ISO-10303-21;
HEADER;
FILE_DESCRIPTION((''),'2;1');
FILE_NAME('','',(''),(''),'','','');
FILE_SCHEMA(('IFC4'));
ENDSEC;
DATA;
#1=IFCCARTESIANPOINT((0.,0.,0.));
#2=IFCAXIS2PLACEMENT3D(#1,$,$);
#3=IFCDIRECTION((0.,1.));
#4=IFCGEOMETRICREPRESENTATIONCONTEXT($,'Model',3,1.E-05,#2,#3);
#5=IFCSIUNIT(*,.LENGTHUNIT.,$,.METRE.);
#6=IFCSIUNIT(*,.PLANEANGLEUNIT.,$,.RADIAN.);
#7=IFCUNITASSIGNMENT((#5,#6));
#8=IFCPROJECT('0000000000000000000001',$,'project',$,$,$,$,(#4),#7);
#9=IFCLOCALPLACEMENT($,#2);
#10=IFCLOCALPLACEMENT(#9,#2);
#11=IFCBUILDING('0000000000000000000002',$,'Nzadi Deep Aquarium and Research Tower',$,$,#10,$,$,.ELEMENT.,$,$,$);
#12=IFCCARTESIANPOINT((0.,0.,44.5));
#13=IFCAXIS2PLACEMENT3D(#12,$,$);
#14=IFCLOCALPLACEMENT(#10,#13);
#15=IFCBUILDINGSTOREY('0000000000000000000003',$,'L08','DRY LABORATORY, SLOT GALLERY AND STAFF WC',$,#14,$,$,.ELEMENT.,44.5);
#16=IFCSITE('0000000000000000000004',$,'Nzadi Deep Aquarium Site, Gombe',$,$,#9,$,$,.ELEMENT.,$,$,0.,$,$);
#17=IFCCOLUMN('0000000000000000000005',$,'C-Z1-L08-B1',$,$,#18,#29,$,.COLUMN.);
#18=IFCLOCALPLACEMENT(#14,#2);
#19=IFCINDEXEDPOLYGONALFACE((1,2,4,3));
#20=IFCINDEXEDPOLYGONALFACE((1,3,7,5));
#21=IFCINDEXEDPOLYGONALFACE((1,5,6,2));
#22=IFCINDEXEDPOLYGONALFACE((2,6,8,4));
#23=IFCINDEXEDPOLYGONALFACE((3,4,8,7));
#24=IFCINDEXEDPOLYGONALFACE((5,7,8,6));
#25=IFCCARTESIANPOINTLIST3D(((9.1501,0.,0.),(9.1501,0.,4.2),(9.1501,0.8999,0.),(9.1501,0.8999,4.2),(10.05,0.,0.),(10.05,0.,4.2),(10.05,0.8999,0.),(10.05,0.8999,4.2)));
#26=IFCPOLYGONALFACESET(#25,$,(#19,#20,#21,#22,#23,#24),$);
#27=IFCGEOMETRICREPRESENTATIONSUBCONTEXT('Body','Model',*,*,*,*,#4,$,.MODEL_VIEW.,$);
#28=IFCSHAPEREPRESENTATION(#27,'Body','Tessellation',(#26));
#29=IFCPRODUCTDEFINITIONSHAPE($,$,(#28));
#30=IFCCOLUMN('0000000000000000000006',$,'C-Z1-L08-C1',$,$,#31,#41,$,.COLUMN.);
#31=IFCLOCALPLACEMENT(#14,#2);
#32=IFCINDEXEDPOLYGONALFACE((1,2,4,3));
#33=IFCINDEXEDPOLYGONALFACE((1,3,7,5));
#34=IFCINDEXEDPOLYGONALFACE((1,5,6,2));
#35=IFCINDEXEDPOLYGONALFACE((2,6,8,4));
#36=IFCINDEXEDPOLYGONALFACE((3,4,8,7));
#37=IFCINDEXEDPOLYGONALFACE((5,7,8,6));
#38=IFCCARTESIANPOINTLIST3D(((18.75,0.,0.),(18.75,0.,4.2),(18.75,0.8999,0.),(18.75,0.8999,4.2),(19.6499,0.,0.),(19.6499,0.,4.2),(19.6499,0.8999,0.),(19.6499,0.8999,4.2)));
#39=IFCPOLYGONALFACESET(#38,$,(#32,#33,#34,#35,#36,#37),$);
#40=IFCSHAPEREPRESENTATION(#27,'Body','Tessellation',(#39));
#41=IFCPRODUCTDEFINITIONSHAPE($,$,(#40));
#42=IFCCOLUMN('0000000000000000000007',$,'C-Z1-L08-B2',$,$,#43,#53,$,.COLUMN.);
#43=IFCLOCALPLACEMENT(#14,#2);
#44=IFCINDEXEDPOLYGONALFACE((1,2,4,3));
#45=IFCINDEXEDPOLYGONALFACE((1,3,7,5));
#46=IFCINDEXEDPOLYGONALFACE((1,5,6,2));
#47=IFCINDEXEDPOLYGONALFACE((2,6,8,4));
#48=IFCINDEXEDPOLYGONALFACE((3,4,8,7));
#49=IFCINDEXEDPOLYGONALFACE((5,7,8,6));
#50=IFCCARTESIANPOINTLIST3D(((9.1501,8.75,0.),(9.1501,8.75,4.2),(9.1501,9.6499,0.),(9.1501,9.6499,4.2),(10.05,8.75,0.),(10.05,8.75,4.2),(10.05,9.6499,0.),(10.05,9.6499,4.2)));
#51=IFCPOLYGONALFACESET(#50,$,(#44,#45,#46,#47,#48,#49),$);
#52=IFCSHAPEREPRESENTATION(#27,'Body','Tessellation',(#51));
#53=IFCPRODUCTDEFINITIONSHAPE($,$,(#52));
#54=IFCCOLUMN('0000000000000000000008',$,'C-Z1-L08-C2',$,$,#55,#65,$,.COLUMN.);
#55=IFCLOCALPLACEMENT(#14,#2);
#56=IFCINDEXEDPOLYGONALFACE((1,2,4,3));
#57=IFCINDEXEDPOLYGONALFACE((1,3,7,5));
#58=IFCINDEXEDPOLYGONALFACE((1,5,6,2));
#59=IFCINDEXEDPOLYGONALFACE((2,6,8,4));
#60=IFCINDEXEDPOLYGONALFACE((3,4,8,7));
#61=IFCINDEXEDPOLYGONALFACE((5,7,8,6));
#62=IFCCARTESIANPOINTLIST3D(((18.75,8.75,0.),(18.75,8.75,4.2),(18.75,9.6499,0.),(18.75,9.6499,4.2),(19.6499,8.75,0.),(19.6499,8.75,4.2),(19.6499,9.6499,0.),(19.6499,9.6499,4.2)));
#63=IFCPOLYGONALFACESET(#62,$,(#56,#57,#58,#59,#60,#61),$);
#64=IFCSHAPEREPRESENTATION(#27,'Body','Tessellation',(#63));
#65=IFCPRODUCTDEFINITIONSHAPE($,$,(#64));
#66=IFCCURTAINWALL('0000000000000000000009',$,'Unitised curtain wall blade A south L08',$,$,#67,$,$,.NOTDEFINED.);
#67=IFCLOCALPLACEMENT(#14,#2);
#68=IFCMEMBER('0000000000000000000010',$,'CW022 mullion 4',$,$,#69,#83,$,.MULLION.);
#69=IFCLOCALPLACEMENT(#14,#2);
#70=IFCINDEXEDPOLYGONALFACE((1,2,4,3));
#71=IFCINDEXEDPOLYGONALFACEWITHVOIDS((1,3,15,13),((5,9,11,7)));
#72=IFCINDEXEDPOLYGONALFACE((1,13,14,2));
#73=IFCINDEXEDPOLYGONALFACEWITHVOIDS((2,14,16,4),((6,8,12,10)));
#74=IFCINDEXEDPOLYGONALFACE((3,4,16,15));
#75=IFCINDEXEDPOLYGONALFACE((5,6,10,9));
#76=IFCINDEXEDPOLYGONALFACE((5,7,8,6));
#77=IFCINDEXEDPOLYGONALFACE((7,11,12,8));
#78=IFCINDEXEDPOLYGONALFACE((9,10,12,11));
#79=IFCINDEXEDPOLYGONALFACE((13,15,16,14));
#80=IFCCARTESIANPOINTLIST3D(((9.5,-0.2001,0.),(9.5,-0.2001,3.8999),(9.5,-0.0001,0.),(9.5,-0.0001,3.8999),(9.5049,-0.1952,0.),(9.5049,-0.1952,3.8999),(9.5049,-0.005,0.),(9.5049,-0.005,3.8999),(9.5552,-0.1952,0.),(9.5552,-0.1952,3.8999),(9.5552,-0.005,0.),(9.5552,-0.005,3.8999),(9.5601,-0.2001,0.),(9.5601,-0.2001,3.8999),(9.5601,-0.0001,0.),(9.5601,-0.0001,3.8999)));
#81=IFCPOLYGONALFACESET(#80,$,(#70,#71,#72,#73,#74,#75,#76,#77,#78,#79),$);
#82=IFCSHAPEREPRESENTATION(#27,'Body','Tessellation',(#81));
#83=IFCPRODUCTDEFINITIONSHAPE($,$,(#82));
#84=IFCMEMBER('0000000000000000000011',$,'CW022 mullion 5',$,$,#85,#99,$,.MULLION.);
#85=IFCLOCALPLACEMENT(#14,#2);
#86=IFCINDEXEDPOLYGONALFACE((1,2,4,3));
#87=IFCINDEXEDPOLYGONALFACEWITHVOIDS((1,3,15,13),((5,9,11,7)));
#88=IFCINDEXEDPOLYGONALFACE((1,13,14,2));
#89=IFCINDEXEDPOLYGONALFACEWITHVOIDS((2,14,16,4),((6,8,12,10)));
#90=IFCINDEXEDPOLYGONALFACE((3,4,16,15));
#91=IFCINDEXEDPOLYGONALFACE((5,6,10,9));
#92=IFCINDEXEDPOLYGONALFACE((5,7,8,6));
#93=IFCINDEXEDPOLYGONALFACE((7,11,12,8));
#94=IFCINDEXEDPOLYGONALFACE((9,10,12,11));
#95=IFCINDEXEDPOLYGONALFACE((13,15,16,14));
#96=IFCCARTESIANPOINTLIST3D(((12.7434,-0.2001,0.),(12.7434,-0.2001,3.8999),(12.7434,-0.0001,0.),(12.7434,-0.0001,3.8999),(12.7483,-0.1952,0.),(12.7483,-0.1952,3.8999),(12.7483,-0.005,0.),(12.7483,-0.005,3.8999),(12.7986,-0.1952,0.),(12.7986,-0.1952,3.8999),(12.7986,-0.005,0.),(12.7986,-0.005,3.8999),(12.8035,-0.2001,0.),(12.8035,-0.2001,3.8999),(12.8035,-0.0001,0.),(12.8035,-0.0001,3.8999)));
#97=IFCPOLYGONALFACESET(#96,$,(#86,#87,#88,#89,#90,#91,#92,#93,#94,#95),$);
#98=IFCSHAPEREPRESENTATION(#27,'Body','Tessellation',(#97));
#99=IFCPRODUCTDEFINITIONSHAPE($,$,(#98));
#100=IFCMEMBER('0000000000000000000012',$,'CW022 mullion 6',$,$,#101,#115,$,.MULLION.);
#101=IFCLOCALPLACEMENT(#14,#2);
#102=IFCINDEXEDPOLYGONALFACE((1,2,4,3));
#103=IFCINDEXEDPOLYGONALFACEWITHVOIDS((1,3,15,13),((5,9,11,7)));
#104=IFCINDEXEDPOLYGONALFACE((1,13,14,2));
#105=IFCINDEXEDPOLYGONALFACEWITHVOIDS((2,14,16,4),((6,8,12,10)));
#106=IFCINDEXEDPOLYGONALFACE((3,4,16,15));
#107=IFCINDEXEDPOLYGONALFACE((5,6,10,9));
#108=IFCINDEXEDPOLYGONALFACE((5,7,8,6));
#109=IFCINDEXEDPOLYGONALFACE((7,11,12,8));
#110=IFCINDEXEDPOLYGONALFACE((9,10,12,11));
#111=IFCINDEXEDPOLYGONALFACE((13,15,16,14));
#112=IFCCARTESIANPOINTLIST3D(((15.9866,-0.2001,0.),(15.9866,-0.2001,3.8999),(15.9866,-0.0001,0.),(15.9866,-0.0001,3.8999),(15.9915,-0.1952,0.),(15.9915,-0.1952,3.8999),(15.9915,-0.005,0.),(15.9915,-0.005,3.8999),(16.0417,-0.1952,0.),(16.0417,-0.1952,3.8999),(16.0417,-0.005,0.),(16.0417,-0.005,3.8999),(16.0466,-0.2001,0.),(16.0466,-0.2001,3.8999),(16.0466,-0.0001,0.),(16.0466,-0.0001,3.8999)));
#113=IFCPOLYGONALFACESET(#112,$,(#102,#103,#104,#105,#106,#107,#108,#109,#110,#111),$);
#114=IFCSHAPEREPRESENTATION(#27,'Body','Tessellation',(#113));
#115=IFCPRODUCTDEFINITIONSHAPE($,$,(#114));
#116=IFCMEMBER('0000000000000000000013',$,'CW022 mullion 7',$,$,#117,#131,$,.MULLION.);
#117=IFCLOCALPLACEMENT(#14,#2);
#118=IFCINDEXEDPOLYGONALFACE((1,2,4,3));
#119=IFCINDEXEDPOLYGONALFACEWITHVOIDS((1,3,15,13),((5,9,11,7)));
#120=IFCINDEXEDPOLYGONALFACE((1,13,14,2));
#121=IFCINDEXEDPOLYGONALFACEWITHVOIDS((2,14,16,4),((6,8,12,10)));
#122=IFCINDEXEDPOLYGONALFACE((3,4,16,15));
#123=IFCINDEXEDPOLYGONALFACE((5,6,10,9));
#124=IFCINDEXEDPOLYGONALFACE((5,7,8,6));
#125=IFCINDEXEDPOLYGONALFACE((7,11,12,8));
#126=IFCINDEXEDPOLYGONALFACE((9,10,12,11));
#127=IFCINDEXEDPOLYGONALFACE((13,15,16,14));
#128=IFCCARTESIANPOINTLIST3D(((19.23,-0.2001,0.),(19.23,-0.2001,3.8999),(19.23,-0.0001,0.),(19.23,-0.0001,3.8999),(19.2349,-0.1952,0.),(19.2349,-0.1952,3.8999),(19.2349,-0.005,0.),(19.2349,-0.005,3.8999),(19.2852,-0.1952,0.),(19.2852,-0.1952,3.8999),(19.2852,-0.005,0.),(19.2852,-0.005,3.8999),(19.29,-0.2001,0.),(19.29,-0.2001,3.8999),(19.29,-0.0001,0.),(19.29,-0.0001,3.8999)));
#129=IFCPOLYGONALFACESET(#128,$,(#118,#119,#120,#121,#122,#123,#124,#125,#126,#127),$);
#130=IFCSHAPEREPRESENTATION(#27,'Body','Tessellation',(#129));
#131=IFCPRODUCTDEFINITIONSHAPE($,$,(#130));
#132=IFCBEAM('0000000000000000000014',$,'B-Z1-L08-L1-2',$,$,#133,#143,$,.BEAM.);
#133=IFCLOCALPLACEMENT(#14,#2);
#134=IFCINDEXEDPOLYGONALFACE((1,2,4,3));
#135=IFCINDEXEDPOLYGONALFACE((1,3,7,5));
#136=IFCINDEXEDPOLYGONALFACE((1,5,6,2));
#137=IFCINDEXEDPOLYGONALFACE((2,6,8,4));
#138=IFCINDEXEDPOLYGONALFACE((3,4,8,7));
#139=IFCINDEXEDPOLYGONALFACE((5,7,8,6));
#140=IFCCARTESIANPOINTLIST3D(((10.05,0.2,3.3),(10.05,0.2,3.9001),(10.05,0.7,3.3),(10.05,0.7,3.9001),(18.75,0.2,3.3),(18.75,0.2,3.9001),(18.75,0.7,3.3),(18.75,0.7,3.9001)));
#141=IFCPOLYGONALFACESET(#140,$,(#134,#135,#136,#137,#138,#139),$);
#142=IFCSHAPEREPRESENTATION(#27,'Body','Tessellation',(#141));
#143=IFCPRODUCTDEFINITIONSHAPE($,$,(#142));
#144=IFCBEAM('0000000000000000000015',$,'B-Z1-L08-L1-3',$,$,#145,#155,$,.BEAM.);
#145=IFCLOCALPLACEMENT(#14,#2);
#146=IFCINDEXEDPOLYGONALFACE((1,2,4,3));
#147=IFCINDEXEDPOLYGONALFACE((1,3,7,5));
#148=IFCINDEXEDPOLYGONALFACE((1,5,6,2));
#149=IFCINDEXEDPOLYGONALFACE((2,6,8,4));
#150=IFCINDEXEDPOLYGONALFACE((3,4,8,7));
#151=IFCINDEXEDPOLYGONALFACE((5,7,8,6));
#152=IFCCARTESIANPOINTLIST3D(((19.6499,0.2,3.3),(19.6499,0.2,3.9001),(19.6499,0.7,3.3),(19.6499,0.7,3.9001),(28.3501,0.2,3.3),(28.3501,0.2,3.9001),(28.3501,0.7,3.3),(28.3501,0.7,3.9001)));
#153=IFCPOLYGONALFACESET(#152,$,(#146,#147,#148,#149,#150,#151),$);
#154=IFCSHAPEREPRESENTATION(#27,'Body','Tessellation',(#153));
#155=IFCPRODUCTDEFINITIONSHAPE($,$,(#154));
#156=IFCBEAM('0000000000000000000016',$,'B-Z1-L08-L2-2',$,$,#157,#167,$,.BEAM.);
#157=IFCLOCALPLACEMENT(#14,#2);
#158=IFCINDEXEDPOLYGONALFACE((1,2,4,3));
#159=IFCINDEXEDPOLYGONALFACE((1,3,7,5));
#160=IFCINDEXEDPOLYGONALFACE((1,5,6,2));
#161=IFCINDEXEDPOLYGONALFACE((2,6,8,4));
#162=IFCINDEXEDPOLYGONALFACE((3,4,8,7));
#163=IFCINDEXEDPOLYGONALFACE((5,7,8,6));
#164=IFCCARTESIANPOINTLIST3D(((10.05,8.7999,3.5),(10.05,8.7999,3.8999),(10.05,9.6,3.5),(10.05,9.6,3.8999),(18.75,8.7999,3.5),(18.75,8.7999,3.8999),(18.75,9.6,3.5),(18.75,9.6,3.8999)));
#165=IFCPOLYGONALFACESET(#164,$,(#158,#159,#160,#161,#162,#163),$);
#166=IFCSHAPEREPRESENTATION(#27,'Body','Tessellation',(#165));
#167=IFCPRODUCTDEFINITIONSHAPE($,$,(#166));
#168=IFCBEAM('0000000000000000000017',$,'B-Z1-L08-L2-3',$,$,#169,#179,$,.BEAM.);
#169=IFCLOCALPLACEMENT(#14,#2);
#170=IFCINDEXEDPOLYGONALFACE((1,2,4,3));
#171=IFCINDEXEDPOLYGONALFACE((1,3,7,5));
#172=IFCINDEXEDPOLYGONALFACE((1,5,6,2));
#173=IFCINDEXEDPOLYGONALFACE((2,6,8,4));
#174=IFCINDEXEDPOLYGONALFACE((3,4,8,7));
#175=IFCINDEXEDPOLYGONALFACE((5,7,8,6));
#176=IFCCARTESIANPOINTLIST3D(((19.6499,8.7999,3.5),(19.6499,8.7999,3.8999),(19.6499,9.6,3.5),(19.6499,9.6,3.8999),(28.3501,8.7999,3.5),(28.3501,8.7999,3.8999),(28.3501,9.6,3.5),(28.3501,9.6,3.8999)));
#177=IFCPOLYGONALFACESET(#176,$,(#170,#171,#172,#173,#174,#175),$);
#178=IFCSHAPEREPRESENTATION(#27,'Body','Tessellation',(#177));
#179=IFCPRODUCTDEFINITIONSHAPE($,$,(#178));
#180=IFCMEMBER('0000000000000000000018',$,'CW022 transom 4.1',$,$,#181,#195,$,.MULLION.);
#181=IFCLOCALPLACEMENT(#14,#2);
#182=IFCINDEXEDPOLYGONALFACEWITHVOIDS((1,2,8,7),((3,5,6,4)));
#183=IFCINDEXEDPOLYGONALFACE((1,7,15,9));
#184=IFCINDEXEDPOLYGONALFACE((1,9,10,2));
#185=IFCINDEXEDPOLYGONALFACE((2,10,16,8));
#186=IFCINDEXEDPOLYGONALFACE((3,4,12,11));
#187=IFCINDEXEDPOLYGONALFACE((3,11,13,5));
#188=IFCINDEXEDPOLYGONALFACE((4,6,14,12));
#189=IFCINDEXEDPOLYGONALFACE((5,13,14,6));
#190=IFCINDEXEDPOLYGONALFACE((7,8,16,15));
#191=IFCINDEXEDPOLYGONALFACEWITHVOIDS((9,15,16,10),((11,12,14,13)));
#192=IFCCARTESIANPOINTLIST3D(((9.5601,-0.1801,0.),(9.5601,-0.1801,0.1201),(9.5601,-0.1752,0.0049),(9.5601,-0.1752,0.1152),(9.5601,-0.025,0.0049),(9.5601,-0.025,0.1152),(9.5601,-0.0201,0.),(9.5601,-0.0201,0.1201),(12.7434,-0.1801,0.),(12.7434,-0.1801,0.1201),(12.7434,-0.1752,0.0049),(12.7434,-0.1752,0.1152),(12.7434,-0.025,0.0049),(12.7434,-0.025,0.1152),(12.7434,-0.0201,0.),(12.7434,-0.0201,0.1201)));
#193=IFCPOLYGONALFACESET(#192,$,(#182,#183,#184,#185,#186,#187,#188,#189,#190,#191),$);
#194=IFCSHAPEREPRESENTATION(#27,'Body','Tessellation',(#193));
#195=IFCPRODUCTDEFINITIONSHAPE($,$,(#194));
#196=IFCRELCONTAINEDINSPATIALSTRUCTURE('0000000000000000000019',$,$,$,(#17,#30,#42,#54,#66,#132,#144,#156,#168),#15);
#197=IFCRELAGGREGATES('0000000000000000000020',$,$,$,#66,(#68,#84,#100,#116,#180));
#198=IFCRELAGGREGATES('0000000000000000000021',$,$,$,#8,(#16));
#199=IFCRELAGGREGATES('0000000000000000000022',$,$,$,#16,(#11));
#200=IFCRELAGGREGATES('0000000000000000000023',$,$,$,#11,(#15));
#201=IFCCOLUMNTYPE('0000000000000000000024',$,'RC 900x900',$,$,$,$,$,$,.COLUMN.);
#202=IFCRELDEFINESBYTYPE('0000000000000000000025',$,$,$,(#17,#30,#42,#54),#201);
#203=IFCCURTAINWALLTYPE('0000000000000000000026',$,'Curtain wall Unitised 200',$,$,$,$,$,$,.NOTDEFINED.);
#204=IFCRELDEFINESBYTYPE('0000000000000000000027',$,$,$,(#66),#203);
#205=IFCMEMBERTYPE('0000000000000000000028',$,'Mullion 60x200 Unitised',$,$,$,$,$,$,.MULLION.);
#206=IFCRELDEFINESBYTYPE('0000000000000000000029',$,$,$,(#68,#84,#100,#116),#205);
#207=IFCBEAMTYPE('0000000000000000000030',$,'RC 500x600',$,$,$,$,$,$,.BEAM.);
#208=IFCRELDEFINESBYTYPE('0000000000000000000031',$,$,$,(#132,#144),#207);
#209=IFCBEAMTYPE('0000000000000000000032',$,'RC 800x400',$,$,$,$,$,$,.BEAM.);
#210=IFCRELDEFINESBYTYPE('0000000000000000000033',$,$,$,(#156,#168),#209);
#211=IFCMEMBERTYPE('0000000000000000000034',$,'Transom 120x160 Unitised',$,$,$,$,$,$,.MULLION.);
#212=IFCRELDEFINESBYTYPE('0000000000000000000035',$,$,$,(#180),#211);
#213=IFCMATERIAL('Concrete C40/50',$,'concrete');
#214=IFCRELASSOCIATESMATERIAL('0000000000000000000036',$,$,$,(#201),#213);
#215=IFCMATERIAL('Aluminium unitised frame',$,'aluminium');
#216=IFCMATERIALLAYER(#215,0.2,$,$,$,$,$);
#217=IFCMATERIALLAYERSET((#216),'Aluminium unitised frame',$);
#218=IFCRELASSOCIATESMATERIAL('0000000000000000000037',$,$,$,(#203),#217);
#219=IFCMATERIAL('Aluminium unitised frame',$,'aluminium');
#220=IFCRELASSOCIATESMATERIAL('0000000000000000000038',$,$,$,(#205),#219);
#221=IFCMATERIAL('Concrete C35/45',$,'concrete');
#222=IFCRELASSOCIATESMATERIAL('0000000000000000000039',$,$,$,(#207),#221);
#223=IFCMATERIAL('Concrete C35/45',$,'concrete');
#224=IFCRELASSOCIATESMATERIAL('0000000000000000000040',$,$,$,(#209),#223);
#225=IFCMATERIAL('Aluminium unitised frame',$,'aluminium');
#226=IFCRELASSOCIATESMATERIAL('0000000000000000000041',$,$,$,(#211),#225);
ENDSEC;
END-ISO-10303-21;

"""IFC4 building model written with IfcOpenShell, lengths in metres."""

from ifc_helpers import new_model, si_unit, direction, frame, origin, origin_2d, place, context, subcontext, project, spatial, rectangle, hollow_rectangle, extrude, material, layer, layer_set, material_profile, profile_set, type_object, element, aggregate, save


model = new_model("IFC4")

# Units and contexts
model_context = context("Model", 3, precision=1e-05, world=origin(), true_north=direction((0.0, 1.0)))
body_context = subcontext(model_context, "Body", "Model", "MODEL_VIEW")
ifc_project = project(units=[si_unit("LENGTHUNIT", "METRE"), si_unit("PLANEANGLEUNIT", "RADIAN")], contexts=[model_context])

# Site, building, storey
site_placement = place(None, origin())
site = spatial("IfcSite", under=ifc_project, at=site_placement, Name="Nzadi Deep Aquarium Site, Gombe", CompositionType="ELEMENT", RefElevation=0.0)
building_placement = place(site_placement, origin())
building = spatial("IfcBuilding", under=site, at=building_placement, Name="Nzadi Deep Aquarium and Research Tower", CompositionType="ELEMENT")
storey_placement = place(building_placement, frame((0.0, 0.0, 44.5)))
storey = spatial("IfcBuildingStorey", under=building, at=storey_placement, Name="L08", Description="DRY LABORATORY, SLOT GALLERY AND STAFF WC", CompositionType="ELEMENT", Elevation=44.5)

# Columns
ifc_material_1 = material(Name="Concrete C40/50", Category="concrete")
ifc_material_profile_1 = material_profile(ifc_material_1, rectangle(XDim=0.8999, YDim=0.8999, at=origin_2d()))
ifc_profile_set_1 = profile_set([ifc_material_profile_1], Name="Concrete C40/50")
column_type = type_object("IfcColumnType", Name="RC 900x900", PredefinedType="COLUMN", material=ifc_profile_set_1)
for number, where, z_axis, x_axis, name in (
    (1, (9.6001, 0.45, 0.0), (0.0, 0.0, 1.0), (1.0, 0.0, 0.0), "C-Z1-L08-B1"),
    (2, (19.2, 0.45, 0.0), (0.0, 0.0, 1.0), (1.0, 0.0, 0.0), "C-Z1-L08-C1"),
    (3, (9.6001, 9.2, 0.0), (0.0, 0.0, 1.0), (1.0, 0.0, 0.0), "C-Z1-L08-B2"),
    (4, (19.2, 9.2, 0.0), (0.0, 0.0, 1.0), (1.0, 0.0, 0.0), "C-Z1-L08-C2"),
):
    element("IfcColumn", number, at=place(storey_placement, frame(where, z_axis=z_axis, x_axis=x_axis)), inside=storey, type_object=column_type, Name=name, PredefinedType="COLUMN", context=body_context, shape_type="SweptSolid", body=[
        extrude(rectangle(XDim=0.8999, YDim=0.8999, at=origin_2d()), origin(), (0.0, 0.0, 1.0), 4.2),
    ])

# Curtain wall, members
ifc_material_2 = material(Name="Aluminium unitised frame", Category="aluminium")
ifc_layer_1 = layer(ifc_material_2, 0.2)
ifc_layer_set_1 = layer_set([ifc_layer_1], Name="Aluminium unitised frame")
curtain_wall_type = type_object("IfcCurtainWallType", Name="Curtain wall Unitised 200", PredefinedType="NOTDEFINED", material=ifc_layer_set_1)
curtain_wall_placement = place(storey_placement, origin())
curtain_wall = element("IfcCurtainWall", 5, at=curtain_wall_placement, inside=storey, type_object=curtain_wall_type, Name="Unitised curtain wall blade A south L08", PredefinedType="NOTDEFINED")
ifc_material_3 = material(Name="Aluminium unitised frame", Category="aluminium")
ifc_material_profile_2 = material_profile(ifc_material_3, hollow_rectangle(XDim=0.2, YDim=0.0601, WallThickness=0.0049, at=origin_2d()))
ifc_profile_set_2 = profile_set([ifc_material_profile_2], Name="Aluminium unitised frame")
member_type_1 = type_object("IfcMemberType", Name="Mullion 60x200 Unitised", PredefinedType="MULLION", material=ifc_profile_set_2)
member_1_placement = place(storey_placement, frame((9.53, -0.1001, 0.0), z_axis=(0.0, 0.0, 1.0), x_axis=(0.0, 1.0, 0.0)))
member_1 = element("IfcMember", 6, at=member_1_placement, type_object=member_type_1, Name="CW022 mullion 4", PredefinedType="MULLION", context=body_context, shape_type="SweptSolid", body=[
    extrude(hollow_rectangle(XDim=0.2, YDim=0.0601, WallThickness=0.0049, at=origin_2d()), origin(), (0.0, 0.0, 1.0), 3.8999),
])
member_2_placement = place(storey_placement, frame((12.7734, -0.1001, 0.0), z_axis=(0.0, 0.0, 1.0), x_axis=(0.0, 1.0, 0.0)))
member_2 = element("IfcMember", 7, at=member_2_placement, type_object=member_type_1, Name="CW022 mullion 5", PredefinedType="MULLION", context=body_context, shape_type="SweptSolid", body=[
    extrude(hollow_rectangle(XDim=0.2, YDim=0.0601, WallThickness=0.0049, at=origin_2d()), origin(), (0.0, 0.0, 1.0), 3.8999),
])
member_3_placement = place(storey_placement, frame((16.0166, -0.1001, 0.0), z_axis=(0.0, 0.0, 1.0), x_axis=(0.0, 1.0, 0.0)))
member_3 = element("IfcMember", 8, at=member_3_placement, type_object=member_type_1, Name="CW022 mullion 6", PredefinedType="MULLION", context=body_context, shape_type="SweptSolid", body=[
    extrude(hollow_rectangle(XDim=0.2, YDim=0.0601, WallThickness=0.0049, at=origin_2d()), origin(), (0.0, 0.0, 1.0), 3.8999),
])
member_4_placement = place(storey_placement, frame((19.26, -0.1001, 0.0), z_axis=(0.0, 0.0, 1.0), x_axis=(0.0, 1.0, 0.0)))
member_4 = element("IfcMember", 9, at=member_4_placement, type_object=member_type_1, Name="CW022 mullion 7", PredefinedType="MULLION", context=body_context, shape_type="SweptSolid", body=[
    extrude(hollow_rectangle(XDim=0.2, YDim=0.0601, WallThickness=0.0049, at=origin_2d()), origin(), (0.0, 0.0, 1.0), 3.8999),
])

# Beams
ifc_material_4 = material(Name="Concrete C35/45", Category="concrete")
ifc_material_profile_3 = material_profile(ifc_material_4, rectangle(XDim=0.5, YDim=0.6001, at=origin_2d()))
ifc_profile_set_3 = profile_set([ifc_material_profile_3], Name="Concrete C35/45")
beam_type_1 = type_object("IfcBeamType", Name="RC 500x600", PredefinedType="BEAM", material=ifc_profile_set_3)
beam_1_placement = place(storey_placement, frame((10.05, 0.45, 3.6001), z_axis=(1.0, 0.0, 0.0), x_axis=(0.0, 1.0, 0.0)))
element("IfcBeam", 10, at=beam_1_placement, inside=storey, type_object=beam_type_1, Name="B-Z1-L08-L1-2", PredefinedType="BEAM", context=body_context, shape_type="SweptSolid", body=[
    extrude(rectangle(XDim=0.5, YDim=0.6001, at=origin_2d()), origin(), (0.0, 0.0, 1.0), 8.7),
])
beam_2_placement = place(storey_placement, frame((19.6499, 0.45, 3.6001), z_axis=(1.0, 0.0, 0.0), x_axis=(0.0, 1.0, 0.0)))
element("IfcBeam", 11, at=beam_2_placement, inside=storey, type_object=beam_type_1, Name="B-Z1-L08-L1-3", PredefinedType="BEAM", context=body_context, shape_type="SweptSolid", body=[
    extrude(rectangle(XDim=0.5, YDim=0.6001, at=origin_2d()), origin(), (0.0, 0.0, 1.0), 8.7002),
])
ifc_material_5 = material(Name="Concrete C35/45", Category="concrete")
ifc_material_profile_4 = material_profile(ifc_material_5, rectangle(XDim=0.8, YDim=0.3999, at=origin_2d()))
ifc_profile_set_4 = profile_set([ifc_material_profile_4], Name="Concrete C35/45")
beam_type_2 = type_object("IfcBeamType", Name="RC 800x400", PredefinedType="BEAM", material=ifc_profile_set_4)
beam_3_placement = place(storey_placement, frame((10.05, 9.2, 3.7), z_axis=(1.0, 0.0, 0.0), x_axis=(0.0, 1.0, 0.0)))
element("IfcBeam", 12, at=beam_3_placement, inside=storey, type_object=beam_type_2, Name="B-Z1-L08-L2-2", PredefinedType="BEAM", context=body_context, shape_type="SweptSolid", body=[
    extrude(rectangle(XDim=0.8, YDim=0.3999, at=origin_2d()), origin(), (0.0, 0.0, 1.0), 8.7),
])
beam_4_placement = place(storey_placement, frame((19.6499, 9.2, 3.7), z_axis=(1.0, 0.0, 0.0), x_axis=(0.0, 1.0, 0.0)))
element("IfcBeam", 13, at=beam_4_placement, inside=storey, type_object=beam_type_2, Name="B-Z1-L08-L2-3", PredefinedType="BEAM", context=body_context, shape_type="SweptSolid", body=[
    extrude(rectangle(XDim=0.8, YDim=0.3999, at=origin_2d()), origin(), (0.0, 0.0, 1.0), 8.7002),
])

# Member
ifc_material_6 = material(Name="Aluminium unitised frame", Category="aluminium")
ifc_material_profile_5 = material_profile(ifc_material_6, hollow_rectangle(XDim=0.1599, YDim=0.1201, WallThickness=0.0049, at=origin_2d()))
ifc_profile_set_5 = profile_set([ifc_material_profile_5], Name="Aluminium unitised frame")
member_type_2 = type_object("IfcMemberType", Name="Transom 120x160 Unitised", PredefinedType="MULLION", material=ifc_profile_set_5)
member_5_placement = place(storey_placement, frame((9.5601, -0.1001, 0.0601), z_axis=(1.0, 0.0, 0.0), x_axis=(0.0, 1.0, 0.0)))
member_5 = element("IfcMember", 14, at=member_5_placement, type_object=member_type_2, Name="CW022 transom 4.1", PredefinedType="MULLION", context=body_context, shape_type="SweptSolid", body=[
    extrude(hollow_rectangle(XDim=0.1599, YDim=0.1201, WallThickness=0.0049, at=origin_2d()), origin(), (0.0, 0.0, 1.0), 3.1833),
])

aggregate(curtain_wall, [member_1, member_2, member_3, member_4, member_5])

save(model, "model.ifc")
